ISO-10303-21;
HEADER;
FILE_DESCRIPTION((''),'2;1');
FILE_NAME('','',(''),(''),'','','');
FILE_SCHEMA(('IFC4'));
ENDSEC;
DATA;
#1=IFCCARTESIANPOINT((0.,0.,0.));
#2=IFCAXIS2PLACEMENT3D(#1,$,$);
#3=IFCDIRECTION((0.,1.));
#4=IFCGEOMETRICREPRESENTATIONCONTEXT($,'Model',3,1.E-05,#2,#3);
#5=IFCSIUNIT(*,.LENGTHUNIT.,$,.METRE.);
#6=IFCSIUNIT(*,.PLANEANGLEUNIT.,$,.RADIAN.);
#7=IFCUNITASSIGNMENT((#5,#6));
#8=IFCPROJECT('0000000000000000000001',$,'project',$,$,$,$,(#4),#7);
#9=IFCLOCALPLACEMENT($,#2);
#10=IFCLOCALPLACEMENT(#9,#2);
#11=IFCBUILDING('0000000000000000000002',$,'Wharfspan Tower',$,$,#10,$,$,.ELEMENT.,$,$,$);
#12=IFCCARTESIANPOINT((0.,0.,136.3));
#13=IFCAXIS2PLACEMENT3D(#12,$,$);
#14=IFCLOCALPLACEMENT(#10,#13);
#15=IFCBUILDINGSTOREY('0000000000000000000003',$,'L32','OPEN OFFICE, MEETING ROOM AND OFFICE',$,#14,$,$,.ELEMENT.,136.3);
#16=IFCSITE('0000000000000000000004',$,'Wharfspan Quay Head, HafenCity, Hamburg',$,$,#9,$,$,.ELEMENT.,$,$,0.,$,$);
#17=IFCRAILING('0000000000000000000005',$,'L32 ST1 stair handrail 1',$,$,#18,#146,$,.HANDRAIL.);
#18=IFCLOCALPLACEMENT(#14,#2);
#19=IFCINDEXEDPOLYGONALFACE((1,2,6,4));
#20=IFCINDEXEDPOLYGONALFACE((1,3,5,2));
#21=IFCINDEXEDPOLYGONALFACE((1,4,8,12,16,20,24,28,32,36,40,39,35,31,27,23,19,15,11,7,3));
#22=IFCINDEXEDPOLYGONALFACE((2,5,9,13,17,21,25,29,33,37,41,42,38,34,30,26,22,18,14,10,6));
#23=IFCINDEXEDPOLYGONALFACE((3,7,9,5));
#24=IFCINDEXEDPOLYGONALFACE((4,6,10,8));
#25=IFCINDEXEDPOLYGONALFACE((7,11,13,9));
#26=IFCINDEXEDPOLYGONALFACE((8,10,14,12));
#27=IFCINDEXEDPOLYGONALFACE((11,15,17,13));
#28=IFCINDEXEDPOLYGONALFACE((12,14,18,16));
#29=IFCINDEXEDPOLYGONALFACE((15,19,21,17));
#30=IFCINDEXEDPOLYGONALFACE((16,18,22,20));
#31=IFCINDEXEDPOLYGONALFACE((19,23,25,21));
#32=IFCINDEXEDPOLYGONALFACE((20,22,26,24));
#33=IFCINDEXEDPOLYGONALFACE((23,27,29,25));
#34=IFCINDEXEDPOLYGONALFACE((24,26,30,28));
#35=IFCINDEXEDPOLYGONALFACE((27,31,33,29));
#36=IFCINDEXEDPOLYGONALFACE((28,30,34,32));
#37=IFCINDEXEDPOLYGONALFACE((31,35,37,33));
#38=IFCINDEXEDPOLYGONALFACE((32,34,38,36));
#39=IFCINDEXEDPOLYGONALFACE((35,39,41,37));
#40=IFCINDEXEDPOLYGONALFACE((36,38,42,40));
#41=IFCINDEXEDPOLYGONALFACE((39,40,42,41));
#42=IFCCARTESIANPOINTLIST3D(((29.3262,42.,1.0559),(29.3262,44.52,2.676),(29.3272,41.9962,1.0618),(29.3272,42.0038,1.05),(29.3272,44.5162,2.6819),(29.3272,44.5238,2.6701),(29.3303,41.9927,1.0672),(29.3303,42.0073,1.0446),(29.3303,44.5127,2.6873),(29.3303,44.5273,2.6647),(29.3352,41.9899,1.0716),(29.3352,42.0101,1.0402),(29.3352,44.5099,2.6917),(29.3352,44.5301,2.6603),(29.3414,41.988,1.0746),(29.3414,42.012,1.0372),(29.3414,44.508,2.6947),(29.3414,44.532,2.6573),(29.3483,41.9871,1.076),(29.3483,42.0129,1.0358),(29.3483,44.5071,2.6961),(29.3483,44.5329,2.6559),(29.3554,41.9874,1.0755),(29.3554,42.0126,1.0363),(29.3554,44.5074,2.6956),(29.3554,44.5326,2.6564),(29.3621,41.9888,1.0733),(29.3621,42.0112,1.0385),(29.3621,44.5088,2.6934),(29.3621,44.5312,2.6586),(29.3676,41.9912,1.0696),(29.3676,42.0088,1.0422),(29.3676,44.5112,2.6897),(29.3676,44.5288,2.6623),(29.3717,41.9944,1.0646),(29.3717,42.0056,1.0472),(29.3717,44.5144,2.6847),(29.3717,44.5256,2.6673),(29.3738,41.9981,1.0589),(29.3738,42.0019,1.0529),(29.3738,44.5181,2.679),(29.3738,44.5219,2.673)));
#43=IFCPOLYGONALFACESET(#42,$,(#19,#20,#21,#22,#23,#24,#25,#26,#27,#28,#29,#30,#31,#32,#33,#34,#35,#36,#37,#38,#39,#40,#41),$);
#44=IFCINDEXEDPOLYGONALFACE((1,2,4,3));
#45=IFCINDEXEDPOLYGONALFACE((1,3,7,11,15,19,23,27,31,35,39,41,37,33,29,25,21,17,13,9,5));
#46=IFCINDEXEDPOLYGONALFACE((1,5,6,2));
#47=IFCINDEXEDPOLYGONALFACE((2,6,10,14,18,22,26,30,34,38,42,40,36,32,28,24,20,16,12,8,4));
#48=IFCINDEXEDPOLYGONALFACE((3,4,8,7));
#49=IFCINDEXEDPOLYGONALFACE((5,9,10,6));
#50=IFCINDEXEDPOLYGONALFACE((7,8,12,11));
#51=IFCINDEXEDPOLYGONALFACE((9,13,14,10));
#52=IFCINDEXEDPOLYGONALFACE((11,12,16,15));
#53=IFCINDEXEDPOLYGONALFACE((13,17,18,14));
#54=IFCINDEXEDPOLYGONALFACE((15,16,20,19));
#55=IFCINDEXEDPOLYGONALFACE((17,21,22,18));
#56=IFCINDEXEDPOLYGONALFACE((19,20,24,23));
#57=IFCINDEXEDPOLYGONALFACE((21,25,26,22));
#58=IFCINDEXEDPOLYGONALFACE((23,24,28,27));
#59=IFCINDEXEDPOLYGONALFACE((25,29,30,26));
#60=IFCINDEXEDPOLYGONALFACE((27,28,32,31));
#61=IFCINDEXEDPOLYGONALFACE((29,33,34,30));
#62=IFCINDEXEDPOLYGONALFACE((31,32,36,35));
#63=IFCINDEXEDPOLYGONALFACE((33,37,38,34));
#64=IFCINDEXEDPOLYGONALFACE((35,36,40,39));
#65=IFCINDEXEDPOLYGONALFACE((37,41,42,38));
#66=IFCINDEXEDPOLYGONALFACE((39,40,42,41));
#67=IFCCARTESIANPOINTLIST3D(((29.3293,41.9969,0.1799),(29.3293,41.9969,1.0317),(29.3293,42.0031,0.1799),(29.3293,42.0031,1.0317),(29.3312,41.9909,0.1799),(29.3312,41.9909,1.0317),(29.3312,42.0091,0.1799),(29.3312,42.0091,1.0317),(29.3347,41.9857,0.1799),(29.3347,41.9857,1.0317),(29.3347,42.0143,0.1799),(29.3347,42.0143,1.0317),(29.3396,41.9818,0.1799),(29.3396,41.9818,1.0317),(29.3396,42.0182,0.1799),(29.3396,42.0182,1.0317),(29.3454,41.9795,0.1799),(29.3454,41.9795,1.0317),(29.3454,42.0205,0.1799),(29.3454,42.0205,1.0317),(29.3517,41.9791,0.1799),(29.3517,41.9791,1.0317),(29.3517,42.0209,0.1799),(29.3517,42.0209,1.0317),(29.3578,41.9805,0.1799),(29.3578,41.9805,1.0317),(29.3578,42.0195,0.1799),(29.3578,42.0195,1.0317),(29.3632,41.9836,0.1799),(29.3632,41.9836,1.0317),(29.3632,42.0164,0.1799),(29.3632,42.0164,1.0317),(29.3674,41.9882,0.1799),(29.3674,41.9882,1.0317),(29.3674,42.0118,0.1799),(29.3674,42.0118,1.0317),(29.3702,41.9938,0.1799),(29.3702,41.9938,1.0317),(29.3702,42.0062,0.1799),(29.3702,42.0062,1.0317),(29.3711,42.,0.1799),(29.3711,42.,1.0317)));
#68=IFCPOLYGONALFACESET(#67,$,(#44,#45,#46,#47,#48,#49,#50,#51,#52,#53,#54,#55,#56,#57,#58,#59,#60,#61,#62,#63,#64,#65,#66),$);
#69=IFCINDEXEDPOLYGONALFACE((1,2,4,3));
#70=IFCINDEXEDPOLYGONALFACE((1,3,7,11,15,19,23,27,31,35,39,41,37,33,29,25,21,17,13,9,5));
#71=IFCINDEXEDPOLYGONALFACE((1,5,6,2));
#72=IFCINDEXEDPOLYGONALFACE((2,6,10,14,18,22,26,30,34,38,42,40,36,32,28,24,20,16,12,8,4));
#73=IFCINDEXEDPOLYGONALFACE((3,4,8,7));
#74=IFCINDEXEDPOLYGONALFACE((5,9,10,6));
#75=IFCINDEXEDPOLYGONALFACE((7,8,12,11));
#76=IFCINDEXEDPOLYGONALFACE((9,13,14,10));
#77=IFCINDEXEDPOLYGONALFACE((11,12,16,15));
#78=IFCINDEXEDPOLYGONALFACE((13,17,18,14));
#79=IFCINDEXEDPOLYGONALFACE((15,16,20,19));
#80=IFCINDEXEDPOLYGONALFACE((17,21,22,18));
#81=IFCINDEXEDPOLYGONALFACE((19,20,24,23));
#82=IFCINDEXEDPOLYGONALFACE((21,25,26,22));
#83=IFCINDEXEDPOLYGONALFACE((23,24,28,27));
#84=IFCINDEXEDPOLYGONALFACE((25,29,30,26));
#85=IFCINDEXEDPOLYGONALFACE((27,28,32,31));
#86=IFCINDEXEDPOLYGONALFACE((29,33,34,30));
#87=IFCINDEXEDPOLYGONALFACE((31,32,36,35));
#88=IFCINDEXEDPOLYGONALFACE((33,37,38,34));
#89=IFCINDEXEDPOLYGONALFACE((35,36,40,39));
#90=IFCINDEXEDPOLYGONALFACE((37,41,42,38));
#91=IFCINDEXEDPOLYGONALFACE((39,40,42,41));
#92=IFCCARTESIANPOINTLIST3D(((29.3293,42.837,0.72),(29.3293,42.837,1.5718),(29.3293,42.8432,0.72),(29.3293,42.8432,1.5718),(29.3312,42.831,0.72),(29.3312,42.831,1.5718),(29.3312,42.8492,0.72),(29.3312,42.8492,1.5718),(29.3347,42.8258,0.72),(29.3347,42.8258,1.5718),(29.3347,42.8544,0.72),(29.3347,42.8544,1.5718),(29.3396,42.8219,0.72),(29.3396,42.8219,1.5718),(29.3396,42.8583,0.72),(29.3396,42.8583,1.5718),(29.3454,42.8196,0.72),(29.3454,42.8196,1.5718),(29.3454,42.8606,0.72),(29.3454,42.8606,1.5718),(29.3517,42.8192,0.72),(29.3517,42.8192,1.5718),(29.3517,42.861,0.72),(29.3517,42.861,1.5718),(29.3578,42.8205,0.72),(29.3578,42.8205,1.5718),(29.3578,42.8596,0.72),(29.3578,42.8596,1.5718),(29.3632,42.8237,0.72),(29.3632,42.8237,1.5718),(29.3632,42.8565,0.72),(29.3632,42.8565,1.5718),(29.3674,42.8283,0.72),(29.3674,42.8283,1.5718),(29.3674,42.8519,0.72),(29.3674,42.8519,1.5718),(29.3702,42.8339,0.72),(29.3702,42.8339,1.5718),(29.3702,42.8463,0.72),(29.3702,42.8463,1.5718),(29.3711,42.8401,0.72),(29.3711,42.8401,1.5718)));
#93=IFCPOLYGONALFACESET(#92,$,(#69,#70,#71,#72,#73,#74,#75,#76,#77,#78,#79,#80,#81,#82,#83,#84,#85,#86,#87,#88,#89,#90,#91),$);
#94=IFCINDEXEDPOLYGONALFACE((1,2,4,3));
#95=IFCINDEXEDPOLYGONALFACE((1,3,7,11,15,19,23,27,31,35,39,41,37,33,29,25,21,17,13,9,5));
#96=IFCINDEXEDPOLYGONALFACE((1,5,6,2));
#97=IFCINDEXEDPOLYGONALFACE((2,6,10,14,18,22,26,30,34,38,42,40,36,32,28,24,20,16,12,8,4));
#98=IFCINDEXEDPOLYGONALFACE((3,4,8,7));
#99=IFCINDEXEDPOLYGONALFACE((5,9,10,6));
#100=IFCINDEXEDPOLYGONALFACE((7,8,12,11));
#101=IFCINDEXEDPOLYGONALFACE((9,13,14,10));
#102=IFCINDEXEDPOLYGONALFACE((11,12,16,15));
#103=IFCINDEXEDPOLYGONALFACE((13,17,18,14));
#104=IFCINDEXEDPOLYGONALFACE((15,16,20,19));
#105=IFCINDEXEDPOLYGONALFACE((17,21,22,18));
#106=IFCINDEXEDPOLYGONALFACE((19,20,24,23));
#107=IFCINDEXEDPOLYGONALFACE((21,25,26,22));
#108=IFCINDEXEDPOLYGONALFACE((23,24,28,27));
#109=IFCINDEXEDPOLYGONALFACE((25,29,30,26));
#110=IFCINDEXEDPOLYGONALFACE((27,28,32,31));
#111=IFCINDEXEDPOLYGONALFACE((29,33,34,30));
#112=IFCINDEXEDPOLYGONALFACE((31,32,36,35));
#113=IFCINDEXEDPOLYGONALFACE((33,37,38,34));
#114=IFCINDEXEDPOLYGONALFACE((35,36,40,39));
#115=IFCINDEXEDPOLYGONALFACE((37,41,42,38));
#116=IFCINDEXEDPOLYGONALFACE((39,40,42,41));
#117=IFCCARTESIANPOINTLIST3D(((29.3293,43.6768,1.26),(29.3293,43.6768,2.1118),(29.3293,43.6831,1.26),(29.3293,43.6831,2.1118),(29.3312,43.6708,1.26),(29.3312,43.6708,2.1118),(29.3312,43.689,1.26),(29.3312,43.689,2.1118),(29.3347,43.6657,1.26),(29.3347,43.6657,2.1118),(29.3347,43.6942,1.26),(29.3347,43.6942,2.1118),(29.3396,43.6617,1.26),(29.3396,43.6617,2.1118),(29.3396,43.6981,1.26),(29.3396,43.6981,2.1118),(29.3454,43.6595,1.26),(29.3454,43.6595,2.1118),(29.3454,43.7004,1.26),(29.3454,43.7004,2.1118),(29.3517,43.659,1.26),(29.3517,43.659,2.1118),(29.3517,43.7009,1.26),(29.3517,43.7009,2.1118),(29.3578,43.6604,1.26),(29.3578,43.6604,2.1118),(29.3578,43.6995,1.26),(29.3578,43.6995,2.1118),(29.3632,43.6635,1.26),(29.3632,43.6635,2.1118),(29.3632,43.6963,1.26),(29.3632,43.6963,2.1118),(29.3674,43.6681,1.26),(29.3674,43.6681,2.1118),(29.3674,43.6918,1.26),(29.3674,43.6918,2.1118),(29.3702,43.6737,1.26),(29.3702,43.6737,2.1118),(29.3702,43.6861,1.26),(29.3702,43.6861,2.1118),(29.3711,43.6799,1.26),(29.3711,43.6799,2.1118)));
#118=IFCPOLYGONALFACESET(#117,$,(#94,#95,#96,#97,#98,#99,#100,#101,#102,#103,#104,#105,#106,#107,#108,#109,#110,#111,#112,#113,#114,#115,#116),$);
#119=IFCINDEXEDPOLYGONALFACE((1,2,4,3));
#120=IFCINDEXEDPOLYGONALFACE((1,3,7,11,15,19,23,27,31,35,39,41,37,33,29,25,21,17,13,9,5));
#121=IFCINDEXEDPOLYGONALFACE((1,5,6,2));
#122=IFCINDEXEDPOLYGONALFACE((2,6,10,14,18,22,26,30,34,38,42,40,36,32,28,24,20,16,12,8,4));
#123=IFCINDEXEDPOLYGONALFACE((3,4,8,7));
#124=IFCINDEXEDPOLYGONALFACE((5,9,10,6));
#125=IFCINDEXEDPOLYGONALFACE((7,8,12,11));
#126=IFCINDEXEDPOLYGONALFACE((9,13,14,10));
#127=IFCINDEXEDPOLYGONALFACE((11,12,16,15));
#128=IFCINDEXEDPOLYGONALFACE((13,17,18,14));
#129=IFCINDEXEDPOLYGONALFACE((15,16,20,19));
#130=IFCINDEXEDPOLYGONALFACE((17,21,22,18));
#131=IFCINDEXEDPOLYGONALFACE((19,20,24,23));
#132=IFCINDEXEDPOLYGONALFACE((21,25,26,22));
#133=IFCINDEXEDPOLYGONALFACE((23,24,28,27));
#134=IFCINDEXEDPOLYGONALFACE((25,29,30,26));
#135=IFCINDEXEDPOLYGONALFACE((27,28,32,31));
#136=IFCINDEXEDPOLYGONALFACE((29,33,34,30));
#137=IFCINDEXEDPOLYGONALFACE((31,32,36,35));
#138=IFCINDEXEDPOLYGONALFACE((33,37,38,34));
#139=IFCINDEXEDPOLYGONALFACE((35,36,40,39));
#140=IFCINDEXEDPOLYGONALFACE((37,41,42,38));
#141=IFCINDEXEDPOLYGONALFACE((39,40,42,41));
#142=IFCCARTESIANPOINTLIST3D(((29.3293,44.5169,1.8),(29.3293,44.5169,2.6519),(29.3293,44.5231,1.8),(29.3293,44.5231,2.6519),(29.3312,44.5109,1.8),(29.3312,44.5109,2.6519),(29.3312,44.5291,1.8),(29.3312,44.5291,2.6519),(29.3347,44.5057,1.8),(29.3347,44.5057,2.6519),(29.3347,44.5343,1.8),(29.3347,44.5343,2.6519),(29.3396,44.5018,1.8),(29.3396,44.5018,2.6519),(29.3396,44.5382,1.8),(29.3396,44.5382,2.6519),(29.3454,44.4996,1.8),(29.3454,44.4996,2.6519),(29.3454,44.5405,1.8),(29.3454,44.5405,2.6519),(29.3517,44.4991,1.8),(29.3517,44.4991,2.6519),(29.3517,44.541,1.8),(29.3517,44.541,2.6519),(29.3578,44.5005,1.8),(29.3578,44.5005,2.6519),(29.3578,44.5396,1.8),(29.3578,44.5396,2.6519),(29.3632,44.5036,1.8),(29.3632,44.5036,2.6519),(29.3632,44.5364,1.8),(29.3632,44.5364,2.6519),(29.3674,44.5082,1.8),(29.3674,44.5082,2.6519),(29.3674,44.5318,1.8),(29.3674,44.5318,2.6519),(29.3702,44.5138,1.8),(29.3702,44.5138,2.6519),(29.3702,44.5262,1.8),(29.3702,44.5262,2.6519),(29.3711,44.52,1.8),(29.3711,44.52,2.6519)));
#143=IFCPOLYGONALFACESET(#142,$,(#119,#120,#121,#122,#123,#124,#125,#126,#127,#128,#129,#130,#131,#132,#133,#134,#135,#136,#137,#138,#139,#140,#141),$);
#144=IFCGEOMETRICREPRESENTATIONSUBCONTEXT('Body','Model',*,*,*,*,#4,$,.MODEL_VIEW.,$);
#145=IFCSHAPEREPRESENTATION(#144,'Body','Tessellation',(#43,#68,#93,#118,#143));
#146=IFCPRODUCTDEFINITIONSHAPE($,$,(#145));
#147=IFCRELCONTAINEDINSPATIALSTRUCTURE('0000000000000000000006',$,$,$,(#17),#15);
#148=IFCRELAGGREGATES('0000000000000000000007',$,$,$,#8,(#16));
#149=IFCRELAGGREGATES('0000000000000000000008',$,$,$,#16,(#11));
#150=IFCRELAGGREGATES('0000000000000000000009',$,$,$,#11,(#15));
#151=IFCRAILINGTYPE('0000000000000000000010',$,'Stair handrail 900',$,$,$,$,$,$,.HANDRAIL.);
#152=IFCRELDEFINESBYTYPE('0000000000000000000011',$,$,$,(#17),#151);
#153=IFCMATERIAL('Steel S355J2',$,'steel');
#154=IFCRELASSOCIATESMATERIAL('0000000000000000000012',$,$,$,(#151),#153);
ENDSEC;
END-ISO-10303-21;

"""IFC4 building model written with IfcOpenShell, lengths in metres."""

from ifc_helpers import new_model, si_unit, direction, frame, origin, origin_2d, place, context, subcontext, project, spatial, circle, extrude, material, type_object, element, save


model = new_model("IFC4")

# Units and contexts
model_context = context("Model", 3, precision=1e-05, world=origin(), true_north=direction((0.0, 1.0)))
body_context = subcontext(model_context, "Body", "Model", "MODEL_VIEW")
ifc_project = project(units=[si_unit("LENGTHUNIT", "METRE"), si_unit("PLANEANGLEUNIT", "RADIAN")], contexts=[model_context])

# Site, building, storey
site_placement = place(None, origin())
site = spatial("IfcSite", under=ifc_project, at=site_placement, Name="Wharfspan Quay Head, HafenCity, Hamburg", CompositionType="ELEMENT", RefElevation=0.0)
building_placement = place(site_placement, origin())
building = spatial("IfcBuilding", under=site, at=building_placement, Name="Wharfspan Tower", CompositionType="ELEMENT")
storey_placement = place(building_placement, frame((0.0, 0.0, 136.3)))
storey = spatial("IfcBuildingStorey", under=building, at=storey_placement, Name="L32", Description="OPEN OFFICE, MEETING ROOM AND OFFICE", CompositionType="ELEMENT", Elevation=136.3)

# Shared definitions
ifc_material_1 = material(Name="Steel S355J2", Category="steel")

# Railing
railing_type_1 = type_object("IfcRailingType", Name="Stair handrail 900", PredefinedType="HANDRAIL", material=ifc_material_1)
railing_1_placement = place(storey_placement, frame((29.3501, 42.0, 0.1799)))
element("IfcRailing", 1, at=railing_1_placement, inside=storey, type_object=railing_type_1, Name="L32 ST1 stair handrail 1", PredefinedType="HANDRAIL", context=body_context, shape_type="SweptSolid", body=[
    extrude(circle(Radius=0.0239, at=origin_2d()), frame((0.0, 0.0, 0.876), z_axis=(0.0, 0.841163, 0.540782), x_axis=(-1.0, 0.0, 0.0)), (0.0, 0.0, 1.0), 2.9958),
    extrude(circle(Radius=0.021, at=origin_2d()), origin(), (0.0, 0.0, 1.0), 0.8518),
    extrude(circle(Radius=0.021, at=origin_2d()), frame((0.0, 0.8401, 0.54)), (0.0, 0.0, 1.0), 0.8518),
    extrude(circle(Radius=0.021, at=origin_2d()), frame((0.0, 1.6799, 1.0801)), (0.0, 0.0, 1.0), 0.8518),
    extrude(circle(Radius=0.021, at=origin_2d()), frame((0.0, 2.52, 1.6201)), (0.0, 0.0, 1.0), 0.8518),
])

save(model, "model.ifc")
